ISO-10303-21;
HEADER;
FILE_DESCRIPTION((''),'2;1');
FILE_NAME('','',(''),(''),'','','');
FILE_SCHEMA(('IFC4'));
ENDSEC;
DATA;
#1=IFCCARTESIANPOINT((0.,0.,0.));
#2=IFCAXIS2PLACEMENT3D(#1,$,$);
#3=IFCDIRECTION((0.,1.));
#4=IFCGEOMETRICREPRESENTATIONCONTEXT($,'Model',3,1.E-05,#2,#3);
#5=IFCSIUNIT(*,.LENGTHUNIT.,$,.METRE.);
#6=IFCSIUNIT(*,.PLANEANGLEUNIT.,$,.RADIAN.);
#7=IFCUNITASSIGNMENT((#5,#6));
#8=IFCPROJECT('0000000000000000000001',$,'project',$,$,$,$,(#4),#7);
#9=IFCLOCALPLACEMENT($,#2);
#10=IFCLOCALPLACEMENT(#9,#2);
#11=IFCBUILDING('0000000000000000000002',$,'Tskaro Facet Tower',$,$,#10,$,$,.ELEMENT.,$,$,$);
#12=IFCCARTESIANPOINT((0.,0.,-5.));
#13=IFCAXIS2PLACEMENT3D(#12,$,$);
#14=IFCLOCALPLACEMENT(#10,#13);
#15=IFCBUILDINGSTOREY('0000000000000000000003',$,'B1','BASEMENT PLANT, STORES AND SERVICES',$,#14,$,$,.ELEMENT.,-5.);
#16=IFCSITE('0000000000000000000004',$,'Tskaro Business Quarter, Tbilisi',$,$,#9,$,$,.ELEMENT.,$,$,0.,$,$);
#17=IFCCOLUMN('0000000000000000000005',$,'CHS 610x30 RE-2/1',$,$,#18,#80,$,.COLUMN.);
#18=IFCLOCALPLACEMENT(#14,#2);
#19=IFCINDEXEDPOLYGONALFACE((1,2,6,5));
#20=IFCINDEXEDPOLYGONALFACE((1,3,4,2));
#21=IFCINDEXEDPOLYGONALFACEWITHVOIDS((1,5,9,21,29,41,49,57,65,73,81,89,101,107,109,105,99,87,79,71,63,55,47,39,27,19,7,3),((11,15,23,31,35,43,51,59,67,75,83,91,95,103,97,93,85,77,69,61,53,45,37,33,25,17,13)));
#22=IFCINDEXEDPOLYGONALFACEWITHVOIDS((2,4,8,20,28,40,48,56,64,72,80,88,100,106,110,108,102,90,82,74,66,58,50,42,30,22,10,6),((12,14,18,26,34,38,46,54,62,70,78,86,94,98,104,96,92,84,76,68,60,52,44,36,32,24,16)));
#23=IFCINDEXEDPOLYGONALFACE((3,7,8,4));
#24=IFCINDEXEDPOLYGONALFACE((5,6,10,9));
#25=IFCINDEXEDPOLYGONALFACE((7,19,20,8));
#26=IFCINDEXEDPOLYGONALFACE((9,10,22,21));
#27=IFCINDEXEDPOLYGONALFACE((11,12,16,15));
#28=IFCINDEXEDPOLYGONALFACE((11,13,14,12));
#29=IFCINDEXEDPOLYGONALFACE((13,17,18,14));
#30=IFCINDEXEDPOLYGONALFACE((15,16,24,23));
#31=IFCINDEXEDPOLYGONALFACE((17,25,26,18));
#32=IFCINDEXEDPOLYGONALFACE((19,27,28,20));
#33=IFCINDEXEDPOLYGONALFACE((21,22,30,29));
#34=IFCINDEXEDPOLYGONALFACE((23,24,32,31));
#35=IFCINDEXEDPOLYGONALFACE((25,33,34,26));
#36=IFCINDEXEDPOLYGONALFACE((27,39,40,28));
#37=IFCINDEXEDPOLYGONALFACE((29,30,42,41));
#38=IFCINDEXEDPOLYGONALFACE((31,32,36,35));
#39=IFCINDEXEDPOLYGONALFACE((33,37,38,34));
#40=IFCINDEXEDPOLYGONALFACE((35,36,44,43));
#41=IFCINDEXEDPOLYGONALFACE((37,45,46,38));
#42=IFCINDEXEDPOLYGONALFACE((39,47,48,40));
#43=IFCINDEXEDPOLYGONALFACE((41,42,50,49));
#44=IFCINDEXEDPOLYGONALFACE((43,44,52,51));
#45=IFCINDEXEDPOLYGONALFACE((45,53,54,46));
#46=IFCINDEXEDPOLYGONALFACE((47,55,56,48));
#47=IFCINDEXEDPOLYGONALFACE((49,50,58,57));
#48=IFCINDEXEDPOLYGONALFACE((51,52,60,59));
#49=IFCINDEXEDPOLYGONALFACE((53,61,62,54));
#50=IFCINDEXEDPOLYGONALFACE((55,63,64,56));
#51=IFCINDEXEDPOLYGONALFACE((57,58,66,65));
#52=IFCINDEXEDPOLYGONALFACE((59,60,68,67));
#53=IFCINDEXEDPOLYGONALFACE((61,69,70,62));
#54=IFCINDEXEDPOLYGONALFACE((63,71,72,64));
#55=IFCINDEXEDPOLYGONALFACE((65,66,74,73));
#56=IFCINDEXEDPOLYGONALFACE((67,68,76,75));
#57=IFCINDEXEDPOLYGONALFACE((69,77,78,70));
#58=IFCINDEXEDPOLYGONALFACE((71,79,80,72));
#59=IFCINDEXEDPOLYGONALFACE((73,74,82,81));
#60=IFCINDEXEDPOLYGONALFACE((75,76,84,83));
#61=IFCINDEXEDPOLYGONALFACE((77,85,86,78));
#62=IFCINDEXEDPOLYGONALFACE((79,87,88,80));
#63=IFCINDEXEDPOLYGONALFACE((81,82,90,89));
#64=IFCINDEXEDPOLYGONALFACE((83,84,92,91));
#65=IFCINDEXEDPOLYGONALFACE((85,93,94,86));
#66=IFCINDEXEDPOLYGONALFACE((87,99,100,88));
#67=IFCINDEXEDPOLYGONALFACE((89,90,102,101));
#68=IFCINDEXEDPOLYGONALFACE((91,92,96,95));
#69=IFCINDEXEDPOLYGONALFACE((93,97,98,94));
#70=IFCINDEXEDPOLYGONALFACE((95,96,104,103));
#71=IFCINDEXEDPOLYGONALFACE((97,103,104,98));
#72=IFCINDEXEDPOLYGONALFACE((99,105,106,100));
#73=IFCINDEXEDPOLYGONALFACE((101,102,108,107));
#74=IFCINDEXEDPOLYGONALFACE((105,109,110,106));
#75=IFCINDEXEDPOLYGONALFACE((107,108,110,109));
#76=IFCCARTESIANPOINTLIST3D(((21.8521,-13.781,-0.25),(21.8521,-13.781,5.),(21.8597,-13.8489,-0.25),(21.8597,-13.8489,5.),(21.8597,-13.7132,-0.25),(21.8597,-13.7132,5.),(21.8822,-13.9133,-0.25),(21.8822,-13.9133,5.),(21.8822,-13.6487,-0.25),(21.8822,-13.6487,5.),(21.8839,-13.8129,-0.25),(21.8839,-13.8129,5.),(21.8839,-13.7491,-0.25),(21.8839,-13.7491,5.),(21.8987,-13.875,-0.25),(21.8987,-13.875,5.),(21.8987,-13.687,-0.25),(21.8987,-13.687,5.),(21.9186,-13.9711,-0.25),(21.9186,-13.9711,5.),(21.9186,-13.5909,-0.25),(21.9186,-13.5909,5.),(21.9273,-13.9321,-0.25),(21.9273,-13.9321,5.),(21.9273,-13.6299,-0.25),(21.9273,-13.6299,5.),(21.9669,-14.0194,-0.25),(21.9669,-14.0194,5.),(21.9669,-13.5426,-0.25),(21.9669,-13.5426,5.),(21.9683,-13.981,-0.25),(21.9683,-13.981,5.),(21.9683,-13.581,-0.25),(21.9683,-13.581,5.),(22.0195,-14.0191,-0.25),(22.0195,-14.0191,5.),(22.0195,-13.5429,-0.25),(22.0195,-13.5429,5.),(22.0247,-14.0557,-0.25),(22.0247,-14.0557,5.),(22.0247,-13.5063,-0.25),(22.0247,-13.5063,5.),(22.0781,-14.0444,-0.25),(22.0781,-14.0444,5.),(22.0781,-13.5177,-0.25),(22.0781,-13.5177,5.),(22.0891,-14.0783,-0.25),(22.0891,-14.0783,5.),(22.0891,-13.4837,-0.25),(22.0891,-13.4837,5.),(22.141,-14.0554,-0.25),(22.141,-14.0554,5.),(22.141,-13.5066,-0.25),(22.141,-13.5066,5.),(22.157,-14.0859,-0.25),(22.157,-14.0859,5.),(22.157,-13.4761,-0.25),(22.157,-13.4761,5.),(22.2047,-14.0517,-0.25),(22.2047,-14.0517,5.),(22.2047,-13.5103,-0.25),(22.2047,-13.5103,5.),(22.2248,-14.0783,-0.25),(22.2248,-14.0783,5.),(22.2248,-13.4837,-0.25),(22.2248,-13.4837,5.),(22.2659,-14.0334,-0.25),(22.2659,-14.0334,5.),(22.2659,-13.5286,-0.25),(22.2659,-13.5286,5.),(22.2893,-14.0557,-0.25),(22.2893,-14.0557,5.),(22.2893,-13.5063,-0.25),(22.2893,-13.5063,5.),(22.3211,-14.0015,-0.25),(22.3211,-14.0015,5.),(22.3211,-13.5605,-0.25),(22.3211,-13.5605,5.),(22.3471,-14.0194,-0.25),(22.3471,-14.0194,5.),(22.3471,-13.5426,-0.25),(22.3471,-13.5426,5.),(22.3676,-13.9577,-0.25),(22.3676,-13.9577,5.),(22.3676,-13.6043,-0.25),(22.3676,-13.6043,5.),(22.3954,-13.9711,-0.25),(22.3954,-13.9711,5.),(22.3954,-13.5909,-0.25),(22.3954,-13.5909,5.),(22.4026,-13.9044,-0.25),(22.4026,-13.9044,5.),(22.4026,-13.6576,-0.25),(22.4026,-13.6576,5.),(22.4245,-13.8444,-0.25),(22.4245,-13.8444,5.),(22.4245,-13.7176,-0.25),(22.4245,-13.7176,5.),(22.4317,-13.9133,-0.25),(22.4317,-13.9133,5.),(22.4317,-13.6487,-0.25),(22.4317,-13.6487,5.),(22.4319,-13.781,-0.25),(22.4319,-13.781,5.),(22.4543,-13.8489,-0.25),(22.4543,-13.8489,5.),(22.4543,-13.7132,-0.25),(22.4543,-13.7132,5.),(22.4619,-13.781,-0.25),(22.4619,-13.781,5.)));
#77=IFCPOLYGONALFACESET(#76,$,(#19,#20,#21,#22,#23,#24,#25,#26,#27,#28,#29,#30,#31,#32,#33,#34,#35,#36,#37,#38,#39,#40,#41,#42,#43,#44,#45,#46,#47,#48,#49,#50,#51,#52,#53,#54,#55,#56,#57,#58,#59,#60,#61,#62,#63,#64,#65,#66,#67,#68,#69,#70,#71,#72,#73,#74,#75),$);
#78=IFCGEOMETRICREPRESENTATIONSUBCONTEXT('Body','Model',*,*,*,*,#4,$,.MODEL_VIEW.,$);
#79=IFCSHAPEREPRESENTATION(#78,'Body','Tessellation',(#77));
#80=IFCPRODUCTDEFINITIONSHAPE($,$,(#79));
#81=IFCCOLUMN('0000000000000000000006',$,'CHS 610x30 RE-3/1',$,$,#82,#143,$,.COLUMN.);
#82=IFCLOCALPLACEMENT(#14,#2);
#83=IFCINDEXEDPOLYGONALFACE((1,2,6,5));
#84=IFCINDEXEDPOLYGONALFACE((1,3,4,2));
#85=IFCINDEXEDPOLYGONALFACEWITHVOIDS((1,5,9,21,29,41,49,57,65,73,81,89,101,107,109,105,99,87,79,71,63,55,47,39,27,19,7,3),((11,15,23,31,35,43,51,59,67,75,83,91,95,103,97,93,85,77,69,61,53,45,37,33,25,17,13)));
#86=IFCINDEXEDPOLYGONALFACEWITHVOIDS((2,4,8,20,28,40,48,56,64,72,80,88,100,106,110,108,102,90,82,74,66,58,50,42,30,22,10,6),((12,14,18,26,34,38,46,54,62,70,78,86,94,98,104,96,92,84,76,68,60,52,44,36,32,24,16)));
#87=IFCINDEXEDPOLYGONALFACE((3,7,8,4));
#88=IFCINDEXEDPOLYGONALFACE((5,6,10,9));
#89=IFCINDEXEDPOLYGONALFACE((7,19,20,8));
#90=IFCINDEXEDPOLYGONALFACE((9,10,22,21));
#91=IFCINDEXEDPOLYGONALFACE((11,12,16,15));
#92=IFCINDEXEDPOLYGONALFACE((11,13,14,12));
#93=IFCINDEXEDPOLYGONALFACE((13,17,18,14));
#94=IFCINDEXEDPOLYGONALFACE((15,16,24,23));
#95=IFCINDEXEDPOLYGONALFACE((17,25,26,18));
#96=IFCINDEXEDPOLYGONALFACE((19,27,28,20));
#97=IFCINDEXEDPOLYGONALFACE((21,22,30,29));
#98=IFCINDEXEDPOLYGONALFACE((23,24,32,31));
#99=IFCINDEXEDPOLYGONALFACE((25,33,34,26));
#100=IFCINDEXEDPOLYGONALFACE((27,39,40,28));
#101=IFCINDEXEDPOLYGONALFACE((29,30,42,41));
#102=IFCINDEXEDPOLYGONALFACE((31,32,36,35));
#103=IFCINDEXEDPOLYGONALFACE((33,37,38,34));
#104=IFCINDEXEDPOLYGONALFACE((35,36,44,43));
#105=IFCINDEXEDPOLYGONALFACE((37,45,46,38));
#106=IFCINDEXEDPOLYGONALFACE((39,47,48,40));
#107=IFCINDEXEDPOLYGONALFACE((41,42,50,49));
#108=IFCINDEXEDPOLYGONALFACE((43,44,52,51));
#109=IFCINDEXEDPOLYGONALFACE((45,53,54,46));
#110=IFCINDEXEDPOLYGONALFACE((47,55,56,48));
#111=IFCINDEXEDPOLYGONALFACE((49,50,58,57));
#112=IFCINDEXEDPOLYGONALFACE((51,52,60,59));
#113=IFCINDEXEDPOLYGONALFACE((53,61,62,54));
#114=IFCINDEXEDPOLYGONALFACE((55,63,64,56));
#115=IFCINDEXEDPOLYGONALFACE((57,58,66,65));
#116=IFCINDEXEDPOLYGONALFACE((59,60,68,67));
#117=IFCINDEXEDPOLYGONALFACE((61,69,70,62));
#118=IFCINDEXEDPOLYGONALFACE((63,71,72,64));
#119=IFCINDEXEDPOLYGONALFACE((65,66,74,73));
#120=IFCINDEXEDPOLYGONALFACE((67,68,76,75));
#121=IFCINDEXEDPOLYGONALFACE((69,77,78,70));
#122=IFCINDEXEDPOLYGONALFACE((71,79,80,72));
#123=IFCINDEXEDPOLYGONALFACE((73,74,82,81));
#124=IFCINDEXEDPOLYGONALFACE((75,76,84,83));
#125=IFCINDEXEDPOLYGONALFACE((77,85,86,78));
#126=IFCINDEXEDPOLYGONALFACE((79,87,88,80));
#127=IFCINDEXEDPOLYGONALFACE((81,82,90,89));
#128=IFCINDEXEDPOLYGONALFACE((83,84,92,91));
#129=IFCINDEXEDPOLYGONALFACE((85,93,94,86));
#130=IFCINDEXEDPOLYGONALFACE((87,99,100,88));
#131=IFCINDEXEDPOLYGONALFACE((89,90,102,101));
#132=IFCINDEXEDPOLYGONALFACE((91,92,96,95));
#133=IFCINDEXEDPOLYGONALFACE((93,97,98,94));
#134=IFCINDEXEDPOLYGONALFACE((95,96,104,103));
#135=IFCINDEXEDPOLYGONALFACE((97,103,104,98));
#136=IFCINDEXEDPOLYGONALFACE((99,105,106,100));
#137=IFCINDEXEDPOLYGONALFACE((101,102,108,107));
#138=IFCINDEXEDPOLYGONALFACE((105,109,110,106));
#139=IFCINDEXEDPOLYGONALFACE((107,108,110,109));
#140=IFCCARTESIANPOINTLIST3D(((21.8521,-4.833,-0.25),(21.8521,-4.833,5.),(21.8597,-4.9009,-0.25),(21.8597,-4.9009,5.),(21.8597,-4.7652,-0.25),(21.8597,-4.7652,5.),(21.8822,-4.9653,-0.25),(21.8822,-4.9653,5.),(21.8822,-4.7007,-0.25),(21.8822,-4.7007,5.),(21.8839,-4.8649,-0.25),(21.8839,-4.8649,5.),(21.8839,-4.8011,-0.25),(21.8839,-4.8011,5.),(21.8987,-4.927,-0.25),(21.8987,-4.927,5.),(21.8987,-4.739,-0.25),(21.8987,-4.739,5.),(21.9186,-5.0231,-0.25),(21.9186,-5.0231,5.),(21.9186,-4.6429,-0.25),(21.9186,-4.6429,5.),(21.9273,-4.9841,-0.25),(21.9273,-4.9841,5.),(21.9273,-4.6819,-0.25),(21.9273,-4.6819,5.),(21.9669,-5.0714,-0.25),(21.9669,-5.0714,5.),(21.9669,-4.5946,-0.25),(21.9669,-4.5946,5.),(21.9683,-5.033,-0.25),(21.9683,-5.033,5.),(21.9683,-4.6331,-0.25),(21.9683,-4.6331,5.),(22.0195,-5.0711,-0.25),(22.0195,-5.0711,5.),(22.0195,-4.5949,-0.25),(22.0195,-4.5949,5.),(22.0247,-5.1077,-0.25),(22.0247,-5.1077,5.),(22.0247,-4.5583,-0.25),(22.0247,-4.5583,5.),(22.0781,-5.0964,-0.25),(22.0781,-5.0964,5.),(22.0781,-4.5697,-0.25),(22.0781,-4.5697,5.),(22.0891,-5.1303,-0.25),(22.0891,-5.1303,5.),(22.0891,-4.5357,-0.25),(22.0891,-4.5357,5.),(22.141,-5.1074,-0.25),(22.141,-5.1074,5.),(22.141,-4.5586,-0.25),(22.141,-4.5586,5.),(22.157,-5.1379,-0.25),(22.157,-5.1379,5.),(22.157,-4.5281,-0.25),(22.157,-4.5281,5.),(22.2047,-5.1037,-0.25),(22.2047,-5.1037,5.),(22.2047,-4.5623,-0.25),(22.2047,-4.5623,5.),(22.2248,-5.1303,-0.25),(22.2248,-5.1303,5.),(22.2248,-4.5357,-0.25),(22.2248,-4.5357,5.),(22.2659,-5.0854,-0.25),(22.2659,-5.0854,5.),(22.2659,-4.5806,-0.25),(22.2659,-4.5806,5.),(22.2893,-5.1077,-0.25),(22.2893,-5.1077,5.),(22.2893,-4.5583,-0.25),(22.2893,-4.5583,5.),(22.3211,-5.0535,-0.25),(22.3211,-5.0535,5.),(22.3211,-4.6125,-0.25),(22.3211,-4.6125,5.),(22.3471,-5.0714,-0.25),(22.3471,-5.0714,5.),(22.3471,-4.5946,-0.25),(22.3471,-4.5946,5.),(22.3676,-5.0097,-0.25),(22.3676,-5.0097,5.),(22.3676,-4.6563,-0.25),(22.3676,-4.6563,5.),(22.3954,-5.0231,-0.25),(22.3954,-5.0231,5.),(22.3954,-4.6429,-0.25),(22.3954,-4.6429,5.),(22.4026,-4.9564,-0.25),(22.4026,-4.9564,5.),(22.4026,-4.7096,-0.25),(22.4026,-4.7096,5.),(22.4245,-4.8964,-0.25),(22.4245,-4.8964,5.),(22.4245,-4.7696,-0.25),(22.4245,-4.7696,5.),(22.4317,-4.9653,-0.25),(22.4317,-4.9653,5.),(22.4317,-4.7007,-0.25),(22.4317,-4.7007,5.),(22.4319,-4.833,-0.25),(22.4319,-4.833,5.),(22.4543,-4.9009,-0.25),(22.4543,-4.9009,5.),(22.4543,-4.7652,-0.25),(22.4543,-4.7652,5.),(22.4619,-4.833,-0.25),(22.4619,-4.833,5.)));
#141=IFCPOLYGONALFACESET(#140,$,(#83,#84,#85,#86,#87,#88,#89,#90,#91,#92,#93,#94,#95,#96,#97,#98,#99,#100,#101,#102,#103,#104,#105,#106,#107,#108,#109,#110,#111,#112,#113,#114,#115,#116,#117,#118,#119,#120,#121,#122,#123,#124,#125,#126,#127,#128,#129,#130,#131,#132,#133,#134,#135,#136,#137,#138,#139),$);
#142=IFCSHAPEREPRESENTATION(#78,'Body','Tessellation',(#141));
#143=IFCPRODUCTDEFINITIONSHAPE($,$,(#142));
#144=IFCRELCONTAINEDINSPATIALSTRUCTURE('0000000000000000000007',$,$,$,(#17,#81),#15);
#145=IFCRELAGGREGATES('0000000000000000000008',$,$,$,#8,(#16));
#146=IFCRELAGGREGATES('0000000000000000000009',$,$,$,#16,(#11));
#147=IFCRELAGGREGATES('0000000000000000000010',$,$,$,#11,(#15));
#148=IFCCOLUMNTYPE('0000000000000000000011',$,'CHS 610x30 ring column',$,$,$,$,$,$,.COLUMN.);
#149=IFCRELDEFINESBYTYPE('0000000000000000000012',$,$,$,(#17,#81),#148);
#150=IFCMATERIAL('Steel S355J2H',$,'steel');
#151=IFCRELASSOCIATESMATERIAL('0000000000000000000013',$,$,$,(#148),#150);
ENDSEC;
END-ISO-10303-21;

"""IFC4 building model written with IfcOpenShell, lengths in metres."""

from ifc_helpers import new_model, si_unit, direction, frame, origin, origin_2d, place, context, subcontext, project, spatial, hollow_circle, extrude, material, material_profile, profile_set, type_object, element, save


model = new_model("IFC4")

# Units and contexts
model_context = context("Model", 3, precision=1e-05, world=origin(), true_north=direction((0.0, 1.0)))
body_context = subcontext(model_context, "Body", "Model", "MODEL_VIEW")
ifc_project = project(units=[si_unit("LENGTHUNIT", "METRE"), si_unit("PLANEANGLEUNIT", "RADIAN")], contexts=[model_context])

# Site, building, storey
site_placement = place(None, origin())
site = spatial("IfcSite", under=ifc_project, at=site_placement, Name="Tskaro Business Quarter, Tbilisi", CompositionType="ELEMENT", RefElevation=0.0)
building_placement = place(site_placement, origin())
building = spatial("IfcBuilding", under=site, at=building_placement, Name="Tskaro Facet Tower", CompositionType="ELEMENT")
storey_placement = place(building_placement, frame((0.0, 0.0, -5.0)))
storey = spatial("IfcBuildingStorey", under=building, at=storey_placement, Name="B1", Description="BASEMENT PLANT, STORES AND SERVICES", CompositionType="ELEMENT", Elevation=-5.0)

# Columns
ifc_material_1 = material(Name="Steel S355J2H", Category="steel")
ifc_material_profile_1 = material_profile(ifc_material_1, hollow_circle(Radius=0.3049, WallThickness=0.03, at=origin_2d()), Name="CHS 610x30")
ifc_profile_set_1 = profile_set([ifc_material_profile_1], Name="Steel S355J2H")
column_type_1 = type_object("IfcColumnType", Name="CHS 610x30 ring column", PredefinedType="COLUMN", material=ifc_profile_set_1)
for number, where, z_axis, x_axis, name in (
    (1, (22.157, -13.781, -0.25), (0.0, 0.0, 1.0), (1.0, 0.0, 0.0), "CHS 610x30 RE-2/1"),
    (2, (22.157, -4.833, -0.25), (0.0, 0.0, 1.0), (1.0, 0.0, 0.0), "CHS 610x30 RE-3/1"),
):
    element("IfcColumn", number, at=place(storey_placement, frame(where, z_axis=z_axis, x_axis=x_axis)), inside=storey, type_object=column_type_1, Name=name, PredefinedType="COLUMN", context=body_context, shape_type="SweptSolid", body=[
        extrude(hollow_circle(Radius=0.3049, WallThickness=0.03, at=origin_2d()), origin(), (0.0, 0.0, 1.0), 5.25),
    ])

save(model, "model.ifc")
